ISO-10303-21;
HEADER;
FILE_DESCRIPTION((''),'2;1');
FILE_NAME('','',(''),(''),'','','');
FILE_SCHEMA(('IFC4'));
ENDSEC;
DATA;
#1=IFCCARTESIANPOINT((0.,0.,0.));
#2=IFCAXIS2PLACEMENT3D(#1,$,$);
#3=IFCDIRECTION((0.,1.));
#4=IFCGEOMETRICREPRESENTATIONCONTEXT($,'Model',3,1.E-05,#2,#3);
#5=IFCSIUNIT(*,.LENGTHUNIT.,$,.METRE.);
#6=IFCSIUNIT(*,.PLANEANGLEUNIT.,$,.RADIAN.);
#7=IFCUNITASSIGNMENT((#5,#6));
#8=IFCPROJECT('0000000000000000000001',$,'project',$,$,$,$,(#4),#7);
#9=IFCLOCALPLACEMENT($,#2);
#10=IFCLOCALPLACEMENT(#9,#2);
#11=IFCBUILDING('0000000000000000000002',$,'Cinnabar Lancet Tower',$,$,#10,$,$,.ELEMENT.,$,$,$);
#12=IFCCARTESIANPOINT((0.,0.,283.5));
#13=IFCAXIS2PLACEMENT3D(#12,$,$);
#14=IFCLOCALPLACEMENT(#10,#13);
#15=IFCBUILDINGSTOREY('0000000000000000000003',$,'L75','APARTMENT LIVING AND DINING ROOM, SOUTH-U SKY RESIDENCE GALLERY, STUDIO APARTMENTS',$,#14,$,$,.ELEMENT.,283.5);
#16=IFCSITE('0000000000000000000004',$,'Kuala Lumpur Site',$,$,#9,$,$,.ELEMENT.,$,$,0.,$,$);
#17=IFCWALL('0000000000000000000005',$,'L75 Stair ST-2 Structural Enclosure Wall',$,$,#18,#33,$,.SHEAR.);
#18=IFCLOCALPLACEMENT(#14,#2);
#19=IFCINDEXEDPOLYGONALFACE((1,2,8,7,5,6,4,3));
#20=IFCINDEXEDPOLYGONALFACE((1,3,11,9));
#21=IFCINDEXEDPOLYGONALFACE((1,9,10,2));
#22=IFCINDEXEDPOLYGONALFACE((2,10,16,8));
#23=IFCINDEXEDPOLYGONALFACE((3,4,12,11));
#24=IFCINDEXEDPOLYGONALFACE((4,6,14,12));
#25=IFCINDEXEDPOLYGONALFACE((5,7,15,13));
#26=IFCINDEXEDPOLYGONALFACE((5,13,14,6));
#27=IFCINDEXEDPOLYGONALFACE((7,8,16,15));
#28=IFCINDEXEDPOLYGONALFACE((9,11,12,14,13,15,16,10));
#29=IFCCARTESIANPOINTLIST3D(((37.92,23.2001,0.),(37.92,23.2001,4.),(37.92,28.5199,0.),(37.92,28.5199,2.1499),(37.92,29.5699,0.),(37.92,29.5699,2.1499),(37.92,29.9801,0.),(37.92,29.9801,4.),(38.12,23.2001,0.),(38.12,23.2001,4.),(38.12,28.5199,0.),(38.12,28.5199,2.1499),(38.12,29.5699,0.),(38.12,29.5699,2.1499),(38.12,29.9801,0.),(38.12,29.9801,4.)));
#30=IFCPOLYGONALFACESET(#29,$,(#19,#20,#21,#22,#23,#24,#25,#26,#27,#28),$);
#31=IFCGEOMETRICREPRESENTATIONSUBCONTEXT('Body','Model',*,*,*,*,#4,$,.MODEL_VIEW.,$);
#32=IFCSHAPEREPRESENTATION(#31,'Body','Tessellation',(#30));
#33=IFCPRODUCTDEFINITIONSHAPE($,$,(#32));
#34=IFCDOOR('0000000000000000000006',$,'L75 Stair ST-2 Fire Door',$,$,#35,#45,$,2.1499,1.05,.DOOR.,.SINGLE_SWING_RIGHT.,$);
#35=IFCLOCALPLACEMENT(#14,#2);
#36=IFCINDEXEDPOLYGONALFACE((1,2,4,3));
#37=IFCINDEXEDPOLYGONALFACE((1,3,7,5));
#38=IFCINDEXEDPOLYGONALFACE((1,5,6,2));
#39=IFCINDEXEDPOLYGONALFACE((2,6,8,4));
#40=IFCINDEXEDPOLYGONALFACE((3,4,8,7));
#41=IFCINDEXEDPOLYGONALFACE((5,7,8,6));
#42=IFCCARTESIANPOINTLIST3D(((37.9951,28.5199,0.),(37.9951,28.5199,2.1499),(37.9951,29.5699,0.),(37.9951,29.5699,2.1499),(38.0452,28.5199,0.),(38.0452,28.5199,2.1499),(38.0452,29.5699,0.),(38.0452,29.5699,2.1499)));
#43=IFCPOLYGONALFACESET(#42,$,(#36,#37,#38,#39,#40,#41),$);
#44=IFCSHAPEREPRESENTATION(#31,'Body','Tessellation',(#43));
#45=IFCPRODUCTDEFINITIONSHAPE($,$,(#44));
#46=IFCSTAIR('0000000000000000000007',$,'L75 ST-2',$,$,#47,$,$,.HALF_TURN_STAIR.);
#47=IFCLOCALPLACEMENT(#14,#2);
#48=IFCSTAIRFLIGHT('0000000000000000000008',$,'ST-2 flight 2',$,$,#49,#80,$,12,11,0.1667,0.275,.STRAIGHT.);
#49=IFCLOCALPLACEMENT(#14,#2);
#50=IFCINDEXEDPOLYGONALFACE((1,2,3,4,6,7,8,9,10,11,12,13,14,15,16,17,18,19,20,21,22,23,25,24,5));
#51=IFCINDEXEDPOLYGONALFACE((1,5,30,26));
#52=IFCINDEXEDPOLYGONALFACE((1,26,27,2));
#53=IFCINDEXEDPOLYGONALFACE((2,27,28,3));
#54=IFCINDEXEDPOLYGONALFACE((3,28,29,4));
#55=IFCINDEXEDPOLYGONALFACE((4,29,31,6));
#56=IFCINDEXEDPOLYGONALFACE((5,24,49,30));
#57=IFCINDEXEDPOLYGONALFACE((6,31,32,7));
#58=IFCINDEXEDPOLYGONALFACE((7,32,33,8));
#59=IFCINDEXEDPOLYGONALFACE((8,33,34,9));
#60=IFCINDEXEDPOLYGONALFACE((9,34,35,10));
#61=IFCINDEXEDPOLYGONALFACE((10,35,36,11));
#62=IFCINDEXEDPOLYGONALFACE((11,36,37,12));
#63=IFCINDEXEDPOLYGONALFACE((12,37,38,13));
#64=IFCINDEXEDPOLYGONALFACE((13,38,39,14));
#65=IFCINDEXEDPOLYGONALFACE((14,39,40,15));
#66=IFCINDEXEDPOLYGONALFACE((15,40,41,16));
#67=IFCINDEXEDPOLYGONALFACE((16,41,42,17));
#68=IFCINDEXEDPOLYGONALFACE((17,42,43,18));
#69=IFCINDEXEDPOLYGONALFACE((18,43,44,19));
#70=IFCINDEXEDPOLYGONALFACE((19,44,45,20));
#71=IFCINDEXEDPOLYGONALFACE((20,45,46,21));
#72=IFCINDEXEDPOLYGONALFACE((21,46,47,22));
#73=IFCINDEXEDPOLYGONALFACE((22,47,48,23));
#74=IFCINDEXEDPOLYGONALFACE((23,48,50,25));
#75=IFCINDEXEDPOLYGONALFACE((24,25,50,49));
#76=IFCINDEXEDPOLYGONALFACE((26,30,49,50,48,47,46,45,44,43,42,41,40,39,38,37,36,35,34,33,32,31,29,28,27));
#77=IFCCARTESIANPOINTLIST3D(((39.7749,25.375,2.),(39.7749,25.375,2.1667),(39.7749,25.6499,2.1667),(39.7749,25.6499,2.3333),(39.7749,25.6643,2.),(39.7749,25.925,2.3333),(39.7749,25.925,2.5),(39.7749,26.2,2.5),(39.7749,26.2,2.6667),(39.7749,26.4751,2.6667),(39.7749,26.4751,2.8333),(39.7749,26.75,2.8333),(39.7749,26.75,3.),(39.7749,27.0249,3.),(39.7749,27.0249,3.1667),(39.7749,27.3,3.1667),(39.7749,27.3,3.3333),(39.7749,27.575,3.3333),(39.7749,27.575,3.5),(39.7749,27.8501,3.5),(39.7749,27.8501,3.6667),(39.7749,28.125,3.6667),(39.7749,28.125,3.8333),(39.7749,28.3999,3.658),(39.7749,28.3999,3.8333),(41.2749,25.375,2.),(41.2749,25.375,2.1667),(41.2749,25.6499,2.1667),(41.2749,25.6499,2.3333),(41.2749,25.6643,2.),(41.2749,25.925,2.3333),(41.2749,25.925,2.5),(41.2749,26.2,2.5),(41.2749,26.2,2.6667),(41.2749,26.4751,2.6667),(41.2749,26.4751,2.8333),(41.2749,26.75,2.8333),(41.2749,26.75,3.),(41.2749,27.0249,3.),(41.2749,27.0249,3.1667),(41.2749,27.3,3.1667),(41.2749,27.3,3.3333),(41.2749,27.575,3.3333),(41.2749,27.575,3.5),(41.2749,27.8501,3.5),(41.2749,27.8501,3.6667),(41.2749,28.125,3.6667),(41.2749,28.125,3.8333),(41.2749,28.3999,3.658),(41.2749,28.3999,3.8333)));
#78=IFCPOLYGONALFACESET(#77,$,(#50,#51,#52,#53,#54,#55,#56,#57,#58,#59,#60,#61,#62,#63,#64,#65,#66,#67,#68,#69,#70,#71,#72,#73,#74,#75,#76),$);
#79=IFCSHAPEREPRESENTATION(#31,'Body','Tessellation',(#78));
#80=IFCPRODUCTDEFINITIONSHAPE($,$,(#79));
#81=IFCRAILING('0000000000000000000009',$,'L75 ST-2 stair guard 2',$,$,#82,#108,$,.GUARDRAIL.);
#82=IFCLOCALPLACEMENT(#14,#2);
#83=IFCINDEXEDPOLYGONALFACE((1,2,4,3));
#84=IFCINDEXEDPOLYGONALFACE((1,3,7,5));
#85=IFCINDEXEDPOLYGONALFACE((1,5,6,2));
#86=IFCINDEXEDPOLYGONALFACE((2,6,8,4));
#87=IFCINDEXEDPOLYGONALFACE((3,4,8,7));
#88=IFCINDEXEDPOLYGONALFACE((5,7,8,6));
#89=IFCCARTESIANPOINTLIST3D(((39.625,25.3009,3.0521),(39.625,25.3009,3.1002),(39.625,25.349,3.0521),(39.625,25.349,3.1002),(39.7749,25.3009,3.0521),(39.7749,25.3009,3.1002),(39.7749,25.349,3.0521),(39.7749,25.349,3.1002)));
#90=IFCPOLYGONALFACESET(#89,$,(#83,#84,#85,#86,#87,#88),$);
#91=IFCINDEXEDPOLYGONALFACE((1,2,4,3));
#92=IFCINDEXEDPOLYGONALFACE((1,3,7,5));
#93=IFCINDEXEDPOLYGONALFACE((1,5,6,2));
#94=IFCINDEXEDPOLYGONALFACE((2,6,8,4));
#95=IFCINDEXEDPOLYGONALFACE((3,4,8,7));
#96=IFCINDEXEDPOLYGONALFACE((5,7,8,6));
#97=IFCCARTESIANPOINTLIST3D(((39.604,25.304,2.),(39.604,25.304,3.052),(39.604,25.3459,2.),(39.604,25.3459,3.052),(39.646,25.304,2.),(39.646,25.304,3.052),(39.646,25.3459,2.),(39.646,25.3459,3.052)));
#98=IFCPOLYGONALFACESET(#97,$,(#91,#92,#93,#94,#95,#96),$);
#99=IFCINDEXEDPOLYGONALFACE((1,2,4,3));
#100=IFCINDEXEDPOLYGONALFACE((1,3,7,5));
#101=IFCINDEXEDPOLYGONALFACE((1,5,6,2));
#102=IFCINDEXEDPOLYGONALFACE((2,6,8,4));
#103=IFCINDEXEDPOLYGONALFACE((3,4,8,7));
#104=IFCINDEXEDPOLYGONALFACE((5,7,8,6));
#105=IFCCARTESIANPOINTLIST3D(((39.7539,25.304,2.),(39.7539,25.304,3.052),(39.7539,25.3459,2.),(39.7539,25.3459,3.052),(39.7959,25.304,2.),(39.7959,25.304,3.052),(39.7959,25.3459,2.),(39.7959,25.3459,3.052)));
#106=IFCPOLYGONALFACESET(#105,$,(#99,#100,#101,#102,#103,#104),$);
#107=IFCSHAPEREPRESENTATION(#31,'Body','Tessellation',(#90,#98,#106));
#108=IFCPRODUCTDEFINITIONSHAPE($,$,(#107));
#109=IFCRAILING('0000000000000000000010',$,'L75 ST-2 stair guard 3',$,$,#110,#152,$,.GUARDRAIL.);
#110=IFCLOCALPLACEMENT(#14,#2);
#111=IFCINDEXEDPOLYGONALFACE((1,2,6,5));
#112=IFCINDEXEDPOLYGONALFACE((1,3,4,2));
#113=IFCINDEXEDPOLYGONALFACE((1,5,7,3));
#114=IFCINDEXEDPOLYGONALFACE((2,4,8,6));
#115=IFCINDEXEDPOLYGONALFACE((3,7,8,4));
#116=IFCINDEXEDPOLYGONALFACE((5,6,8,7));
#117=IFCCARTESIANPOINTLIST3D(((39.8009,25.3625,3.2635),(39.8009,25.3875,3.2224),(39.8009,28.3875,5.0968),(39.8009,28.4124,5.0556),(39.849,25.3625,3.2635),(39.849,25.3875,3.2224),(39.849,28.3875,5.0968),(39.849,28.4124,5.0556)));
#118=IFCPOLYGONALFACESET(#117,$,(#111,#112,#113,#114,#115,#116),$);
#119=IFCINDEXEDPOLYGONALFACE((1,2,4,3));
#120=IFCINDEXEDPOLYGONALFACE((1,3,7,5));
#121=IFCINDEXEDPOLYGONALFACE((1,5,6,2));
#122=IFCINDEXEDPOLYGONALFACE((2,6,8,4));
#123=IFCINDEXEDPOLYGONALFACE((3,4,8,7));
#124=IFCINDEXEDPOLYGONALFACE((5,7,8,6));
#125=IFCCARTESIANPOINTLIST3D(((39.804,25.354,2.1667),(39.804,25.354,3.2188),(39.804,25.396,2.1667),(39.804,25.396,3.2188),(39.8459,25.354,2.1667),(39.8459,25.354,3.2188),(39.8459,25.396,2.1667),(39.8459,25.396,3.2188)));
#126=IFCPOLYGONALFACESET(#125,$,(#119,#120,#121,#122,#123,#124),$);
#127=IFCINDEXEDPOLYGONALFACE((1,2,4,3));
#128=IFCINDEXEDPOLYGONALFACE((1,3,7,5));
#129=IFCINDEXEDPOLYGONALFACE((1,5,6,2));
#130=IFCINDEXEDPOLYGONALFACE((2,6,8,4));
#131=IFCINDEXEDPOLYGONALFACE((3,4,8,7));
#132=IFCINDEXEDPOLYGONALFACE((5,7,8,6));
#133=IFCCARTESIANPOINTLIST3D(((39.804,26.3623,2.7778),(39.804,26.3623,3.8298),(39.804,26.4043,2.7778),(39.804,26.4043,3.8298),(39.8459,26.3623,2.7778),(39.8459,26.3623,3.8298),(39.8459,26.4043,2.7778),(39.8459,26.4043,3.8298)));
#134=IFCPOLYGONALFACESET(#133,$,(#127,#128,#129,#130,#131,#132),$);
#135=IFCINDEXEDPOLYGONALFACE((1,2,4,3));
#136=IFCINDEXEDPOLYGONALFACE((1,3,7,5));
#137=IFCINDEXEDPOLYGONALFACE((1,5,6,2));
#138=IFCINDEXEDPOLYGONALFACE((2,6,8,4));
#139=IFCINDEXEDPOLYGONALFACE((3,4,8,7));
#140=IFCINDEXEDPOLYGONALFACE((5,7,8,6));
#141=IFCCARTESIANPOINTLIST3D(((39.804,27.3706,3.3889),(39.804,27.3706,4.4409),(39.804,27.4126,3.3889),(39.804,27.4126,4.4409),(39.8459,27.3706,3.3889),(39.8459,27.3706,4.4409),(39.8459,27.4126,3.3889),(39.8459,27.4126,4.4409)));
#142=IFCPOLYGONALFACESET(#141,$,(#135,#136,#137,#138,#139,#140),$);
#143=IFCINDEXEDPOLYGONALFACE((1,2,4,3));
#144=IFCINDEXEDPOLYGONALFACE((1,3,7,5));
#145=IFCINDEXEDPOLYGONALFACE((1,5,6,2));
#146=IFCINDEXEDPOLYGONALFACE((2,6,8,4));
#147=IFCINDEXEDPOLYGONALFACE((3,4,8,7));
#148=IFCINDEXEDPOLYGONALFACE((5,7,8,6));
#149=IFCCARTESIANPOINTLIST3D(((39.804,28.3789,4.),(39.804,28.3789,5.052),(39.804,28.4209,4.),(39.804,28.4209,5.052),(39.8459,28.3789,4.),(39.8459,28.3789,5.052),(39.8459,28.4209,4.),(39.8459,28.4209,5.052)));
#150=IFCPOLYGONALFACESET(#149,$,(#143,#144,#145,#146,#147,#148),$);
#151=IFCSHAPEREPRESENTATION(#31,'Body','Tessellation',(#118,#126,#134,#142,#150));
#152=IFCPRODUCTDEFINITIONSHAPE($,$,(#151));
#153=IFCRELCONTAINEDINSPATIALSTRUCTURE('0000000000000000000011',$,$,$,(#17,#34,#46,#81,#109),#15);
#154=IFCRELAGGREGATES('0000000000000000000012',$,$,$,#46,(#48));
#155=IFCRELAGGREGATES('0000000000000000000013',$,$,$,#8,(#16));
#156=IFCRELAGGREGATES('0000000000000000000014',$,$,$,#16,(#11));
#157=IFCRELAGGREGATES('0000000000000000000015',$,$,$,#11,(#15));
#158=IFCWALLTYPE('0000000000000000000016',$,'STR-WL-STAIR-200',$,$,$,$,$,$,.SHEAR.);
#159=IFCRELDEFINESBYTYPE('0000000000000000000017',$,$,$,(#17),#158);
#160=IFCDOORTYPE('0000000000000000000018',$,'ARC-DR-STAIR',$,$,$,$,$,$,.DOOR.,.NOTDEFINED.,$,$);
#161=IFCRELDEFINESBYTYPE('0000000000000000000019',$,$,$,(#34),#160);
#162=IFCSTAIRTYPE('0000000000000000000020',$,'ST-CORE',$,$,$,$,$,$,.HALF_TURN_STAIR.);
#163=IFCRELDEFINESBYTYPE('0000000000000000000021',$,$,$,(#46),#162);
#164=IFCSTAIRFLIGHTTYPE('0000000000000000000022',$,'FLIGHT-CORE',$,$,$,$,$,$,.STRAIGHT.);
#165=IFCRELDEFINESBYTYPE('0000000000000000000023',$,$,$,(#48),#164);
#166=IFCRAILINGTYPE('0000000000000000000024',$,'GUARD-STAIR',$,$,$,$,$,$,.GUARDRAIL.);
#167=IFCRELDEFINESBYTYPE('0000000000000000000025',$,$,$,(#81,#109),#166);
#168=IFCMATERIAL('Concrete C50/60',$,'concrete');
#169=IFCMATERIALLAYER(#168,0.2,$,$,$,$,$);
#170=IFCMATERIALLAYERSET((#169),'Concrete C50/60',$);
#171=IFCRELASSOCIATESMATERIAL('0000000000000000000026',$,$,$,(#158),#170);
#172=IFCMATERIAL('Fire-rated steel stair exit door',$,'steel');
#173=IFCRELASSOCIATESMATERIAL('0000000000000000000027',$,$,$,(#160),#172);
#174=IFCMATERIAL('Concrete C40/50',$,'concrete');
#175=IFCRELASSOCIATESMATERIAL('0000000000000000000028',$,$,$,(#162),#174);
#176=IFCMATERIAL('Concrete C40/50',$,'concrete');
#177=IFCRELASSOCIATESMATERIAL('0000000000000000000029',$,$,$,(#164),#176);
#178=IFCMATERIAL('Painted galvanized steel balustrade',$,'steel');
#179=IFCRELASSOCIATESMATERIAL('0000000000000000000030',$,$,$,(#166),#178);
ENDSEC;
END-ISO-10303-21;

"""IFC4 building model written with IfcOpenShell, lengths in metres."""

from ifc_helpers import new_model, si_unit, direction, frame, frame_2d, origin, origin_2d, place, context, subcontext, project, spatial, polyline, rectangle, outline, extrude, material, layer, layer_set, type_object, element, fill, aggregate, save


model = new_model("IFC4")

# Units and contexts
model_context = context("Model", 3, precision=1e-05, world=origin(), true_north=direction((0.0, 1.0)))
body_context = subcontext(model_context, "Body", "Model", "MODEL_VIEW")
ifc_project = project(units=[si_unit("LENGTHUNIT", "METRE"), si_unit("PLANEANGLEUNIT", "RADIAN")], contexts=[model_context])

# Site, building, storey
site_placement = place(None, origin())
site = spatial("IfcSite", under=ifc_project, at=site_placement, Name="Kuala Lumpur Site", CompositionType="ELEMENT", RefElevation=0.0)
building_placement = place(site_placement, origin())
building = spatial("IfcBuilding", under=site, at=building_placement, Name="Cinnabar Lancet Tower", CompositionType="ELEMENT")
storey_placement = place(building_placement, frame((0.0, 0.0, 283.5)))
storey = spatial("IfcBuildingStorey", under=building, at=storey_placement, Name="L75", Description="APARTMENT LIVING AND DINING ROOM, SOUTH-U SKY RESIDENCE GALLERY, STUDIO APARTMENTS", CompositionType="ELEMENT", Elevation=283.5)

# Wall, opening, door
ifc_material_1 = material(Name="Concrete C50/60", Category="concrete")
ifc_layer_1 = layer(ifc_material_1, 0.2)
ifc_layer_set_1 = layer_set([ifc_layer_1], Name="Concrete C50/60")
wall_type_1 = type_object("IfcWallType", Name="STR-WL-STAIR-200", PredefinedType="SHEAR", material=ifc_layer_set_1)
wall_1_placement = place(storey_placement, frame((38.02, 23.2, 0.0), z_axis=(0.0, 0.0, 1.0), x_axis=(0.0, 1.0, 0.0)))
wall_1 = element("IfcWall", 1, at=wall_1_placement, inside=storey, type_object=wall_type_1, Name="L75 Stair ST-2 Structural Enclosure Wall", PredefinedType="SHEAR", context=body_context, shape_type="SweptSolid", body=[
    extrude(rectangle(XDim=6.78, YDim=0.2, at=frame_2d((3.3901, 0.0))), origin(), (0.0, 0.0, 1.0), 4.0),
])
opening_1_placement = place(wall_1_placement, frame((5.3201, 0.0, 0.0)))
opening_1 = element("IfcOpeningElement", 2, at=opening_1_placement, cuts=wall_1, PredefinedType="OPENING", context=body_context, shape_type="SweptSolid", body=[
    extrude(rectangle(XDim=1.05, YDim=2.1499, at=frame_2d((0.5249, 1.075))), frame((0.0, 0.1099, 0.0), z_axis=(0.0, -1.0, 0.0), x_axis=(1.0, 0.0, 0.0)), (0.0, 0.0, 1.0), 0.22),
])
ifc_material_2 = material(Name="Fire-rated steel stair exit door", Category="steel")
door_type_1 = type_object("IfcDoorType", Name="ARC-DR-STAIR", OperationType="NOTDEFINED", PredefinedType="DOOR", material=ifc_material_2)
door_1_placement = place(opening_1_placement, origin())
door_1 = element("IfcDoor", 3, at=door_1_placement, inside=storey, type_object=door_type_1, Name="L75 Stair ST-2 Fire Door", OperationType="SINGLE_SWING_RIGHT", OverallHeight=2.1499, OverallWidth=1.05, PredefinedType="DOOR", context=body_context, shape_type="SweptSolid", body=[
    extrude(rectangle(XDim=1.05, YDim=2.1499, at=frame_2d((0.5249, 1.075))), frame((0.0, 0.0249, 0.0), z_axis=(0.0, -1.0, 0.0), x_axis=(1.0, 0.0, 0.0)), (0.0, 0.0, 1.0), 0.05),
])
fill(opening_1, door_1)

# Stair, stair flight
ifc_material_3 = material(Name="Concrete C40/50", Category="concrete")
stair_type = type_object("IfcStairType", Name="ST-CORE", PredefinedType="HALF_TURN_STAIR", material=ifc_material_3)
stair_placement = place(storey_placement, origin())
stair = element("IfcStair", 4, at=stair_placement, inside=storey, type_object=stair_type, Name="L75 ST-2", PredefinedType="HALF_TURN_STAIR")
ifc_material_4 = material(Name="Concrete C40/50", Category="concrete")
stair_flight_type = type_object("IfcStairFlightType", Name="FLIGHT-CORE", PredefinedType="STRAIGHT", material=ifc_material_4)
stair_flight_placement = place(storey_placement, frame((40.5249, 25.375, 2.0), z_axis=(0.0, 0.0, 1.0), x_axis=(0.0, 1.0, 0.0)))
stair_flight = element("IfcStairFlight", 5, at=stair_flight_placement, type_object=stair_flight_type, Name="ST-2 flight 2", NumberOfRisers=12, NumberOfTreads=11, PredefinedType="STRAIGHT", RiserHeight=0.1667, TreadLength=0.275, context=body_context, shape_type="SweptSolid", body=[
    extrude(outline(polyline([(0.0, 0.0), (0.0, 0.1667), (0.2749, 0.1667), (0.2749, 0.3333), (0.55, 0.3333), (0.55, 0.5), (0.825, 0.5), (0.825, 0.6667), (1.1001, 0.6667), (1.1001, 0.8333), (1.375, 0.8333), (1.375, 1.0), (1.6499, 1.0), (1.6499, 1.1667), (1.925, 1.1667), (1.925, 1.3333), (2.2, 1.3333), (2.2, 1.5), (2.4751, 1.5), (2.4751, 1.6667), (2.75, 1.6667), (2.75, 1.8333), (3.0249, 1.8333), (3.0249, 2.0), (3.0249, 1.658), (0.2893, 0.0), (0.0, 0.0)])), frame((0.0, 0.75, 0.0), z_axis=(0.0, -1.0, 0.0), x_axis=(1.0, 0.0, 0.0)), (0.0, 0.0, 1.0), 1.5),
])
aggregate(stair, [stair_flight])

# Railings
ifc_material_5 = material(Name="Painted galvanized steel balustrade", Category="steel")
railing_type = type_object("IfcRailingType", Name="GUARD-STAIR", PredefinedType="GUARDRAIL", material=ifc_material_5)
railing_1_placement = place(storey_placement, frame((39.625, 25.325, 2.0)))
element("IfcRailing", 6, at=railing_1_placement, inside=storey, type_object=railing_type, Name="L75 ST-2 stair guard 2", PredefinedType="GUARDRAIL", context=body_context, shape_type="SweptSolid", body=[
    extrude(rectangle(XDim=0.0481, YDim=0.0481, at=origin_2d()), frame((0.0, 0.0, 1.0762), z_axis=(1.0, 0.0, 0.0), x_axis=(0.0, 1.0, 0.0)), (0.0, 0.0, 1.0), 0.1499),
    extrude(rectangle(XDim=0.042, YDim=0.042, at=origin_2d()), origin(), (0.0, 0.0, 1.0), 1.052),
    extrude(rectangle(XDim=0.042, YDim=0.042, at=origin_2d()), frame((0.1499, 0.0, 0.0)), (0.0, 0.0, 1.0), 1.052),
])
railing_2_placement = place(storey_placement, frame((39.825, 25.375, 2.1667)))
element("IfcRailing", 7, at=railing_2_placement, inside=storey, type_object=railing_type, Name="L75 ST-2 stair guard 3", PredefinedType="GUARDRAIL", context=body_context, shape_type="SweptSolid", body=[
    extrude(rectangle(XDim=0.0481, YDim=0.0481, at=origin_2d()), frame((0.0, 0.0, 1.0762), z_axis=(0.0, 0.855201, 0.518297), x_axis=(-1.0, 0.0, 0.0)), (0.0, 0.0, 1.0), 3.5371),
    extrude(rectangle(XDim=0.042, YDim=0.042, at=origin_2d()), origin(), (0.0, 0.0, 1.0), 1.052),
    extrude(rectangle(XDim=0.042, YDim=0.042, at=origin_2d()), frame((0.0, 1.0083, 0.6111)), (0.0, 0.0, 1.0), 1.052),
    extrude(rectangle(XDim=0.042, YDim=0.042, at=origin_2d()), frame((0.0, 2.0166, 1.2222)), (0.0, 0.0, 1.0), 1.052),
    extrude(rectangle(XDim=0.042, YDim=0.042, at=origin_2d()), frame((0.0, 3.0249, 1.8333)), (0.0, 0.0, 1.0), 1.052),
])

save(model, "model.ifc")
